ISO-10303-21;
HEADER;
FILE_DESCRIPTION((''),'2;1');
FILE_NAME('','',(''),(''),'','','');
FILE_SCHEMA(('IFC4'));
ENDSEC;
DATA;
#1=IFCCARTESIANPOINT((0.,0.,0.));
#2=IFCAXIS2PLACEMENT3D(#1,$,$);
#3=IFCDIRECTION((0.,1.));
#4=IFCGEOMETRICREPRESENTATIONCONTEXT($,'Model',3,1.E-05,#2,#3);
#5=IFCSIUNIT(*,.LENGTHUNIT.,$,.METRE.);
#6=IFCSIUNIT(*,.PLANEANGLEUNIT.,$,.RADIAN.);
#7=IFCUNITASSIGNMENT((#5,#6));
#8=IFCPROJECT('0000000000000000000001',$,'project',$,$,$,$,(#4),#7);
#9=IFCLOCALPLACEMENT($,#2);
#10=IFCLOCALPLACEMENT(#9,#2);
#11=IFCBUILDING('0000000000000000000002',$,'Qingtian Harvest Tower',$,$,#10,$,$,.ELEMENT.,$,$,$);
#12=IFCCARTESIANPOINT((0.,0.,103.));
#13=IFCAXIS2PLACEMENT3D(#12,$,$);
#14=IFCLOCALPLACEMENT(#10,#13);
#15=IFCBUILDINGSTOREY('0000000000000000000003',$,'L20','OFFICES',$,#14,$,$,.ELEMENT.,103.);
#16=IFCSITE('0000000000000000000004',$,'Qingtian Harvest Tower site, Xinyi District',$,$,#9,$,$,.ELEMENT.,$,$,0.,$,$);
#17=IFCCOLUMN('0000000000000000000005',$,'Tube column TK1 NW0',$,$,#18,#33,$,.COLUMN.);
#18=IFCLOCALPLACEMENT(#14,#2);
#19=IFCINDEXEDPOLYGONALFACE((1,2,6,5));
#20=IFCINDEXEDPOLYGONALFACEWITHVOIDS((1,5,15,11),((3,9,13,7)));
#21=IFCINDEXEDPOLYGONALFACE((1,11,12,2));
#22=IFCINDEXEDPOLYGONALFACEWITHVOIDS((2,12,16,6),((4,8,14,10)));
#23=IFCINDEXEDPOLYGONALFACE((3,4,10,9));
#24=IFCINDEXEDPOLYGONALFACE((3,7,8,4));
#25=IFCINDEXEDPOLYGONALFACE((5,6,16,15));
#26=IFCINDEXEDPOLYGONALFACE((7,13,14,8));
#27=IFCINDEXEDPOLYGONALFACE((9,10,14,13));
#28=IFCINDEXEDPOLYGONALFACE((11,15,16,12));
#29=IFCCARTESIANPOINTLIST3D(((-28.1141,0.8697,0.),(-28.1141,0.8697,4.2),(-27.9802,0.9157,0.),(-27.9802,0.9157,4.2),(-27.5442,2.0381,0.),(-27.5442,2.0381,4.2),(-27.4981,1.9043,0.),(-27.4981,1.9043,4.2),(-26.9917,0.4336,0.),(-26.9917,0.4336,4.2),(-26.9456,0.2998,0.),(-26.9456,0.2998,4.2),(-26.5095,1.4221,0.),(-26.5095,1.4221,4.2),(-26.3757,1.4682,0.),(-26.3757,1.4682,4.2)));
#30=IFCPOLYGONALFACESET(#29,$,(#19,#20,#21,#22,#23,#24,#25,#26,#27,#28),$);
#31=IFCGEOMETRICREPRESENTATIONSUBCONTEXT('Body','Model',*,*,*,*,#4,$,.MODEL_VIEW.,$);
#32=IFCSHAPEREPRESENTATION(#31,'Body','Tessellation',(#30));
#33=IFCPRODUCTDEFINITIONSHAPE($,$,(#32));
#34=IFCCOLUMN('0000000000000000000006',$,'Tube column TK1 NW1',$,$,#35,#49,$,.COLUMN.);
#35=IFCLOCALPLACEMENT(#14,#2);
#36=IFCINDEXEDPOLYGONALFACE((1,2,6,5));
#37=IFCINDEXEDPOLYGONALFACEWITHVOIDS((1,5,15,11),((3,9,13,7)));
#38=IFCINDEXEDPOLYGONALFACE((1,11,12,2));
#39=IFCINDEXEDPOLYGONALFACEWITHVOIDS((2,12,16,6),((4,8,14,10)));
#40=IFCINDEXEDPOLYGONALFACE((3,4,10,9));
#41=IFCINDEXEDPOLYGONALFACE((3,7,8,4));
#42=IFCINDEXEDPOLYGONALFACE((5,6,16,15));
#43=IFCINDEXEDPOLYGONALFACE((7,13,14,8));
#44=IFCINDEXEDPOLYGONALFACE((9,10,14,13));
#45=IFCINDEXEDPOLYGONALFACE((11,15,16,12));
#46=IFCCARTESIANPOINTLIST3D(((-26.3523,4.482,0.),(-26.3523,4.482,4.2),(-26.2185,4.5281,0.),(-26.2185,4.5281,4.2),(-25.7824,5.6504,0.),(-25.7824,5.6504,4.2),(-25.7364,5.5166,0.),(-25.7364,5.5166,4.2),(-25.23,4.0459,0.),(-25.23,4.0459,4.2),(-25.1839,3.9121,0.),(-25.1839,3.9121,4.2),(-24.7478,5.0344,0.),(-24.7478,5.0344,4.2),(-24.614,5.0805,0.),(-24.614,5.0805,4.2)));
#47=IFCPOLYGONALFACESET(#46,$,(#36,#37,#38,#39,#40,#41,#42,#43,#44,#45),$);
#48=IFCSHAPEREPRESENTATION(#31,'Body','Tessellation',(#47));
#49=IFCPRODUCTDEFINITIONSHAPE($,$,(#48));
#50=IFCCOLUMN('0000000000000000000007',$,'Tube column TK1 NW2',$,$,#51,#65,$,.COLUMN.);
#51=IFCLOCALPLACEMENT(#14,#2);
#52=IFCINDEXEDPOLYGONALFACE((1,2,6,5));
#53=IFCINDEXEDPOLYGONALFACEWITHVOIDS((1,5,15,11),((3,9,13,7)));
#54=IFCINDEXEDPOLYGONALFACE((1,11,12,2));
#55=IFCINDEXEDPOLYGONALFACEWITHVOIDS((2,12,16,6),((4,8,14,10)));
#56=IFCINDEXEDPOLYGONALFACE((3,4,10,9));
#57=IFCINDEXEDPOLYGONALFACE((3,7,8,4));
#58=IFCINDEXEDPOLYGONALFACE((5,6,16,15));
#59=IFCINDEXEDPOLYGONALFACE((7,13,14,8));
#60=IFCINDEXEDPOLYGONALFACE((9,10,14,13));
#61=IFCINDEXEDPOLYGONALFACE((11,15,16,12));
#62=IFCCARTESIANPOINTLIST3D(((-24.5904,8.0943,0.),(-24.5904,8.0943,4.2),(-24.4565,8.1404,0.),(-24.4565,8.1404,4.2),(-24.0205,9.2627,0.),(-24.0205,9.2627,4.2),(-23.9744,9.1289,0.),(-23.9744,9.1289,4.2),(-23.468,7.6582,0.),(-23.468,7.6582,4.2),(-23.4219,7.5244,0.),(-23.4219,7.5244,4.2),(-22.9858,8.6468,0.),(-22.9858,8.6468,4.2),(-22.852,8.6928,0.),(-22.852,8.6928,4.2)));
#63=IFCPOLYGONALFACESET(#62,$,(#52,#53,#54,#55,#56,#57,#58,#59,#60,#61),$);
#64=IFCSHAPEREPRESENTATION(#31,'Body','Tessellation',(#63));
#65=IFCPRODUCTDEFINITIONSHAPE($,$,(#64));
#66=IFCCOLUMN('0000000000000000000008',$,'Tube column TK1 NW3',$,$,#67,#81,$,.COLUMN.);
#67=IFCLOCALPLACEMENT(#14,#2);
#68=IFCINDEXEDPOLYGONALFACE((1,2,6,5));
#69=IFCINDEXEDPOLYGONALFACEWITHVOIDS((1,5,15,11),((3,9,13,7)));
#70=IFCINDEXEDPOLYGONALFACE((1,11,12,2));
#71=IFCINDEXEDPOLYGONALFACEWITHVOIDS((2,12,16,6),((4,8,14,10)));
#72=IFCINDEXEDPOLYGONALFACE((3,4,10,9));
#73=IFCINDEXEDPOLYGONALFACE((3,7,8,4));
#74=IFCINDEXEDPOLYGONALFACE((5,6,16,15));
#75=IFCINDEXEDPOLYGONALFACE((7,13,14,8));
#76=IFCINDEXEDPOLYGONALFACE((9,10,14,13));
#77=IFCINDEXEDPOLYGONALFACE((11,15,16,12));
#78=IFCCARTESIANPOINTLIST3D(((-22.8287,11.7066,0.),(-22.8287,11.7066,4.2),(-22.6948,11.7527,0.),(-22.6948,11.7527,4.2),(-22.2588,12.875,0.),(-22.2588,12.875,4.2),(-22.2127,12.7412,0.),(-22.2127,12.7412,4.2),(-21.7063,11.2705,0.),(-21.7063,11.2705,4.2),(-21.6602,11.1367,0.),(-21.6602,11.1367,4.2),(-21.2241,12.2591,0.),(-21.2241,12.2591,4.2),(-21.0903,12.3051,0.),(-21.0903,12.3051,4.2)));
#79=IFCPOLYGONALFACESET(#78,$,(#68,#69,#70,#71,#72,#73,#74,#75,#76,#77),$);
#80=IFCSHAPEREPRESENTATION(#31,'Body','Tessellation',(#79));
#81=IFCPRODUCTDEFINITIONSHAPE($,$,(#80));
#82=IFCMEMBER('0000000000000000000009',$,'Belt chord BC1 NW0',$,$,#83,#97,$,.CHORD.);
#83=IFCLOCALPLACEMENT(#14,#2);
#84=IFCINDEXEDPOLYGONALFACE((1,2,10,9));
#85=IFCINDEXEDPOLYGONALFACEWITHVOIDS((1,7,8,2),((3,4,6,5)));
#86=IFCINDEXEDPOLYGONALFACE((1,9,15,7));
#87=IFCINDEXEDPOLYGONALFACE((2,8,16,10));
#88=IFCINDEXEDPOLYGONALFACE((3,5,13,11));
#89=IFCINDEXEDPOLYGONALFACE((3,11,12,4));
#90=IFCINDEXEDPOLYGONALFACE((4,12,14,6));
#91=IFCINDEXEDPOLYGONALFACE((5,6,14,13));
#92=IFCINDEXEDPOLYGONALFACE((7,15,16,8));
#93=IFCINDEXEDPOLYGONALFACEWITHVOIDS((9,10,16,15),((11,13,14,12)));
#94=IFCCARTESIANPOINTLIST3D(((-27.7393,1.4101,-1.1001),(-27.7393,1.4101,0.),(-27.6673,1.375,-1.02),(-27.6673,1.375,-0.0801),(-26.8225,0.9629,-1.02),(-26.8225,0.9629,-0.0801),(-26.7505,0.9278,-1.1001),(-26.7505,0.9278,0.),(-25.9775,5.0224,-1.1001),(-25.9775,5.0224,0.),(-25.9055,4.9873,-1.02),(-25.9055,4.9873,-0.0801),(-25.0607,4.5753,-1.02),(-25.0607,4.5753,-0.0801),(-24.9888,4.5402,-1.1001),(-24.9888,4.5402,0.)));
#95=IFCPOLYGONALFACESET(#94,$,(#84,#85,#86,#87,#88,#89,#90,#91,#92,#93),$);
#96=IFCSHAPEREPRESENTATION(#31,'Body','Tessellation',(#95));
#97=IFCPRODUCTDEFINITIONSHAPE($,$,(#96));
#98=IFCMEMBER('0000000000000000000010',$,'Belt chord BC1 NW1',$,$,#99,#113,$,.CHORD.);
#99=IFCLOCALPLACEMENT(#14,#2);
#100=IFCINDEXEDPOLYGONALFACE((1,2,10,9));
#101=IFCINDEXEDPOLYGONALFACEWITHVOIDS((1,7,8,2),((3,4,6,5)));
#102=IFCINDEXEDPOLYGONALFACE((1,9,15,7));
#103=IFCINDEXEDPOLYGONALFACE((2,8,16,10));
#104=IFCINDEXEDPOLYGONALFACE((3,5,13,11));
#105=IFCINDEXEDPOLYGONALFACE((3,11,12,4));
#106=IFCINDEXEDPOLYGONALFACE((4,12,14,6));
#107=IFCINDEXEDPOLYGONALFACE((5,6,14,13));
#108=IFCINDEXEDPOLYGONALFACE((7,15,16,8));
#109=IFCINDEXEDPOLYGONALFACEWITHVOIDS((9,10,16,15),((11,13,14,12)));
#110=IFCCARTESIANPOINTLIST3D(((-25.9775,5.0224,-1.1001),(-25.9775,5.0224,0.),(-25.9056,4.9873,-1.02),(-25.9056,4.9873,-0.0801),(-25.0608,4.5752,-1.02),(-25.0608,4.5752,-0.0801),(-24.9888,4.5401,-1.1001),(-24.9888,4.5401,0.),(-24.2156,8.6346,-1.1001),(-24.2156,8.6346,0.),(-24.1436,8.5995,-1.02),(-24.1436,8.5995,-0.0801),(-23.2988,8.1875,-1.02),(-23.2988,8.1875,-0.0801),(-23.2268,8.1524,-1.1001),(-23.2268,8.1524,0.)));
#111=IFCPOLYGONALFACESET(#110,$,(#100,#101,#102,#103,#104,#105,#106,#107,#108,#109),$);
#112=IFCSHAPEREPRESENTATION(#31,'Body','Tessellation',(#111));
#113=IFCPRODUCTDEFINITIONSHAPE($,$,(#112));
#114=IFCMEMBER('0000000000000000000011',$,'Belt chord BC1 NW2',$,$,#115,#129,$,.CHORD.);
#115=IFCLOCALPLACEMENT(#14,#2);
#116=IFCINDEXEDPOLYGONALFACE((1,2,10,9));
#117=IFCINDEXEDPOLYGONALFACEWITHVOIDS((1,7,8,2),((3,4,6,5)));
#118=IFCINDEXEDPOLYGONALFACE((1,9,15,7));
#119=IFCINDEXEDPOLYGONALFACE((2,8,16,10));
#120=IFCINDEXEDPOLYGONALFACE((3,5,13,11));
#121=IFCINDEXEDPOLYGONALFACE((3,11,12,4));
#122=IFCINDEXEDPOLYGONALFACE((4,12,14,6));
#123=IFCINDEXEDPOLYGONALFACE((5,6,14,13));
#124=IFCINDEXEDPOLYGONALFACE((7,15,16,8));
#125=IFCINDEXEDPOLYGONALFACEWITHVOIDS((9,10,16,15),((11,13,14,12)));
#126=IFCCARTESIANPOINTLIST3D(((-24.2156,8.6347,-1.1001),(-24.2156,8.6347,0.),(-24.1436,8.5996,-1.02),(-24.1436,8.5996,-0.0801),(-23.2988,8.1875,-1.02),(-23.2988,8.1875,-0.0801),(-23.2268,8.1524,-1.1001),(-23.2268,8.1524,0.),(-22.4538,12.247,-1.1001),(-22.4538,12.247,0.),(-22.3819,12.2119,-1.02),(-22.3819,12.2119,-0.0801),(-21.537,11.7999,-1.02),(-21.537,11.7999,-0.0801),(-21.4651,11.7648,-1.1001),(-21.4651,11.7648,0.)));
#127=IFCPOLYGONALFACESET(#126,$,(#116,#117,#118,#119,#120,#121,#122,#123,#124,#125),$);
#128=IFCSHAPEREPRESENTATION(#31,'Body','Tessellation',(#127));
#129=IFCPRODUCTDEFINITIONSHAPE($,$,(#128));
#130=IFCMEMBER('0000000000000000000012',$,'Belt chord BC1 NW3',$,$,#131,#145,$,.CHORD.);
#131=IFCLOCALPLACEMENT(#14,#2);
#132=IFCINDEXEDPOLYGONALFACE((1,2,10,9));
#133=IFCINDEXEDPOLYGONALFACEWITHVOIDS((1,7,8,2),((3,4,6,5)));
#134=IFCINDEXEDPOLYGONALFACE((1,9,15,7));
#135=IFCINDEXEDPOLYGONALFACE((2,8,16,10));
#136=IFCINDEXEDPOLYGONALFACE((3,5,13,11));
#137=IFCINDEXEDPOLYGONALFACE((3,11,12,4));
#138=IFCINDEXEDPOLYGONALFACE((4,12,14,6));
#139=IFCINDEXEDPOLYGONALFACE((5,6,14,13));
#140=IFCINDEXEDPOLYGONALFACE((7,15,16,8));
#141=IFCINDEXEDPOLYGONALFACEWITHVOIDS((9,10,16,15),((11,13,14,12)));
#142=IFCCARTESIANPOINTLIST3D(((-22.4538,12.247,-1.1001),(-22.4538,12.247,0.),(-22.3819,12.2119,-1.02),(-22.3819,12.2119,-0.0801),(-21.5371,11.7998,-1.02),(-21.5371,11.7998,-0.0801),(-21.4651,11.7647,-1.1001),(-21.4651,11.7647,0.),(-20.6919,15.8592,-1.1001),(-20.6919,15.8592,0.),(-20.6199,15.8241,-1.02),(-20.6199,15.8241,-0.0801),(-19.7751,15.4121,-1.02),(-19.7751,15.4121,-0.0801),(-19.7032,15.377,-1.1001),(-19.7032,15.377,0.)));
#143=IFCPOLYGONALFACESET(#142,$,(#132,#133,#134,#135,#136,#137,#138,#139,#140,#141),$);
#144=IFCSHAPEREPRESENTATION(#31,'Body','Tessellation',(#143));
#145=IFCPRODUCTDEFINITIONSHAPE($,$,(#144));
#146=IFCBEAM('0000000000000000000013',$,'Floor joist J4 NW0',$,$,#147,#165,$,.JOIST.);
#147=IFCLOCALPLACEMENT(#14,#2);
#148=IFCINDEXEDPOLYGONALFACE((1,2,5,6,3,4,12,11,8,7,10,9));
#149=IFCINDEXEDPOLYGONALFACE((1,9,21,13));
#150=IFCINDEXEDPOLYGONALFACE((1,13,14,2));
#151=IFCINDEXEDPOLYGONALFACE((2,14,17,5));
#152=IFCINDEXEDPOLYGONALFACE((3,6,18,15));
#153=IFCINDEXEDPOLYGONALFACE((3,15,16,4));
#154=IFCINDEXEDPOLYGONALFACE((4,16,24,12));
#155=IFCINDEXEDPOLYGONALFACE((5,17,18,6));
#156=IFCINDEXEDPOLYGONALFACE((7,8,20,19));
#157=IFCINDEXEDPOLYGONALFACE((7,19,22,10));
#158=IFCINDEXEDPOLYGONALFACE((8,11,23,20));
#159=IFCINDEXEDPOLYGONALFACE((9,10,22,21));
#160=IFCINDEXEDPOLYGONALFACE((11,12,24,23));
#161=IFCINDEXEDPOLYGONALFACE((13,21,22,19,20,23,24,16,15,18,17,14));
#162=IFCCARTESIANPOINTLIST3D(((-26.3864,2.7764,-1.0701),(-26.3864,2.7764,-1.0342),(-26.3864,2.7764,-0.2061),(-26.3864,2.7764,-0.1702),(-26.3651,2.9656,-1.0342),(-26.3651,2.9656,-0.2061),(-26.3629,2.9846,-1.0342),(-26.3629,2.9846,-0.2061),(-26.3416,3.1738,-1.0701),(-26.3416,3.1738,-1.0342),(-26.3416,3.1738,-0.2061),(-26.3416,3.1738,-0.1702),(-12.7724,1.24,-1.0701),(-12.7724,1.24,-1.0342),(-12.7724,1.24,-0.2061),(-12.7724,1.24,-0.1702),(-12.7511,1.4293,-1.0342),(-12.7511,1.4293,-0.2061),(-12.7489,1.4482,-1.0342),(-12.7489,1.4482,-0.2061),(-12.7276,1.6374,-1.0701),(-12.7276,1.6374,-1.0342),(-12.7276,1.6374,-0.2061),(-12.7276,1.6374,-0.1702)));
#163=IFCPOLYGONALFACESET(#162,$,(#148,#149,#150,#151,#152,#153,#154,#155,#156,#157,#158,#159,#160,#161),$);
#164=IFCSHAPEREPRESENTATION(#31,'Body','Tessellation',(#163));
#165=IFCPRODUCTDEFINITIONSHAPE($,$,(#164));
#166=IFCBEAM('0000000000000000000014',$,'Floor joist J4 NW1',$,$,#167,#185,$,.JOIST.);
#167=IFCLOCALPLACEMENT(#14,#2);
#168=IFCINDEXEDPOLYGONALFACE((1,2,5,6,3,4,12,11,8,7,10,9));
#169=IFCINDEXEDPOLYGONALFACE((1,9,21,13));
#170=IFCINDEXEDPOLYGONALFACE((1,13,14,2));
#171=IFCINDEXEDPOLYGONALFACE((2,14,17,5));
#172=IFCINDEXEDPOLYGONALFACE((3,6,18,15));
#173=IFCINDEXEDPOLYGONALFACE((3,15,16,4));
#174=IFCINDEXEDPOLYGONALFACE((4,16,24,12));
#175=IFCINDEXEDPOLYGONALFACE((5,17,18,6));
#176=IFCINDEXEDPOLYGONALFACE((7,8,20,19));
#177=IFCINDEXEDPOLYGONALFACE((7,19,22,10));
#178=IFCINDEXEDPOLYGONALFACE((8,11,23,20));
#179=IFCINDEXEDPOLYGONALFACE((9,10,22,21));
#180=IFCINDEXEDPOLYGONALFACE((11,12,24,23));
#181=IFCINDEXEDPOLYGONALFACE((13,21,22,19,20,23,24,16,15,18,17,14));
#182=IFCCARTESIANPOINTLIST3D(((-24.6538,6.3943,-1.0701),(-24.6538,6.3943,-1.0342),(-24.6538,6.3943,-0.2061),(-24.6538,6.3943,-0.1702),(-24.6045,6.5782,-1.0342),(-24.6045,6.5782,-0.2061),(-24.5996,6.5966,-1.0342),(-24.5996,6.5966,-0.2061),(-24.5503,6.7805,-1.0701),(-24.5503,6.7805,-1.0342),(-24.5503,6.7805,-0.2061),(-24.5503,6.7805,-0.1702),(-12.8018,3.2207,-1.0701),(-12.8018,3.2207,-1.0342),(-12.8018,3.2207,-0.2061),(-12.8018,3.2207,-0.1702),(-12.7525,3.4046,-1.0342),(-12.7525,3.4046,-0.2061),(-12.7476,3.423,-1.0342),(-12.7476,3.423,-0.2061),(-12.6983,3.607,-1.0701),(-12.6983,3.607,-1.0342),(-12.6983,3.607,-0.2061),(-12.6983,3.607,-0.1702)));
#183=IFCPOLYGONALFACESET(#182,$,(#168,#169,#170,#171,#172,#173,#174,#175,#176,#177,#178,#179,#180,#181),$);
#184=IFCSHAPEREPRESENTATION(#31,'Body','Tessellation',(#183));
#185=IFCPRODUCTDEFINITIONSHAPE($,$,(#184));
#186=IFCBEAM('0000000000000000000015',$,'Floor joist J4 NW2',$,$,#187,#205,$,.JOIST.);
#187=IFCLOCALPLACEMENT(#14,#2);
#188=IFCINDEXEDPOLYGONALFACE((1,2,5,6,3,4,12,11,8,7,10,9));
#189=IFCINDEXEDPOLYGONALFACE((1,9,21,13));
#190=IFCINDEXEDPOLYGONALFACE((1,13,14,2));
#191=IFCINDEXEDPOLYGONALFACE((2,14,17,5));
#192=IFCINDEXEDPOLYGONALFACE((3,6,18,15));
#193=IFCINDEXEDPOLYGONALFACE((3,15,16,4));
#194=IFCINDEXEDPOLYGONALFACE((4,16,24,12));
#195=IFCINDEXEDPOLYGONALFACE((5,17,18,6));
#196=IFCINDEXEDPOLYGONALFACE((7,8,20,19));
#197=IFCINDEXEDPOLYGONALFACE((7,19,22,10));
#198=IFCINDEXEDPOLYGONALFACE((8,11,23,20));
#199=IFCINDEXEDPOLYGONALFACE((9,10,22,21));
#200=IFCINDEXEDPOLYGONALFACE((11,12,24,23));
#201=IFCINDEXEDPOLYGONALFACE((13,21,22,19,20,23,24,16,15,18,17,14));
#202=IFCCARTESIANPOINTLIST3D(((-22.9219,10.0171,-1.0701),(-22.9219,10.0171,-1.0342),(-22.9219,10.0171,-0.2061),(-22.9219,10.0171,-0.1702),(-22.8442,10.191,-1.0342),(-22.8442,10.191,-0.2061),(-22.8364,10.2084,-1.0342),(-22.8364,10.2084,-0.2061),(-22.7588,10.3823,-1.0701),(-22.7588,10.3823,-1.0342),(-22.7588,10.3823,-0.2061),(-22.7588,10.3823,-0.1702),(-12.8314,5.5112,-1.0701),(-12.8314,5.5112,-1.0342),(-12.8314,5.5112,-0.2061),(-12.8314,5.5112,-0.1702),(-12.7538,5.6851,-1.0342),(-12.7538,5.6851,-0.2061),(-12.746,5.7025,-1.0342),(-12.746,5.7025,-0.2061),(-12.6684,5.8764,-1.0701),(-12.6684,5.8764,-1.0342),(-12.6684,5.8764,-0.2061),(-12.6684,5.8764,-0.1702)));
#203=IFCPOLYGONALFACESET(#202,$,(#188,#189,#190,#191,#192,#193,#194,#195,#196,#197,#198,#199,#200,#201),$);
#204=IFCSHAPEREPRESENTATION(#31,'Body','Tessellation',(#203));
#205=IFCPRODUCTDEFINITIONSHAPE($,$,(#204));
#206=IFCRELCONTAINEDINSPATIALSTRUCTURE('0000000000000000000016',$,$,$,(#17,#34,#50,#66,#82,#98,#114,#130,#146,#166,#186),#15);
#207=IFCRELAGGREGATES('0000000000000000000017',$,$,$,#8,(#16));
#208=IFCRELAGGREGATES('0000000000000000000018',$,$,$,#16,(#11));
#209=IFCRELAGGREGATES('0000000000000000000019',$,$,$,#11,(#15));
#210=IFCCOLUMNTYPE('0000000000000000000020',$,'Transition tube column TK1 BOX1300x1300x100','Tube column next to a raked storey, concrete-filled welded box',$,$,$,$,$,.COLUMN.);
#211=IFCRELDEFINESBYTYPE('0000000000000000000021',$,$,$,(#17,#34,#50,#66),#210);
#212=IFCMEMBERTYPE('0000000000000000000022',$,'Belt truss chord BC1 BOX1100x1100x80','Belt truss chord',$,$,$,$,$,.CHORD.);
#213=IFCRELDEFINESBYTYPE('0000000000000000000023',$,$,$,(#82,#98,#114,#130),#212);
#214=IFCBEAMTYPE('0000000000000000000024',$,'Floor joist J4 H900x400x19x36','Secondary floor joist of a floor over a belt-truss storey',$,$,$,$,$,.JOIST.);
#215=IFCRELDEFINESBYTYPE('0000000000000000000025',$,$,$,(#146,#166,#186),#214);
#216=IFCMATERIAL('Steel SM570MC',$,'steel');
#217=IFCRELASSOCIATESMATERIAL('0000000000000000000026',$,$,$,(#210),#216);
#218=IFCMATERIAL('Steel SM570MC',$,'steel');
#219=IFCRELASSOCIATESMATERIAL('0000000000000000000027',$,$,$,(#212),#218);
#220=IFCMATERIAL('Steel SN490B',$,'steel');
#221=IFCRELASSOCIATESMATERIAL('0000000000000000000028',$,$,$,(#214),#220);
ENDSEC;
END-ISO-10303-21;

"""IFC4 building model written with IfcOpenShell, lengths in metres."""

from ifc_helpers import new_model, si_unit, direction, frame, origin, origin_2d, place, context, subcontext, project, spatial, hollow_rectangle, i_section, extrude, material, material_profile, profile_set, type_object, element, save


model = new_model("IFC4")

# Units and contexts
model_context = context("Model", 3, precision=1e-05, world=origin(), true_north=direction((0.0, 1.0)))
body_context = subcontext(model_context, "Body", "Model", "MODEL_VIEW")
ifc_project = project(units=[si_unit("LENGTHUNIT", "METRE"), si_unit("PLANEANGLEUNIT", "RADIAN")], contexts=[model_context])

# Site, building, storey
site_placement = place(None, origin())
site = spatial("IfcSite", under=ifc_project, at=site_placement, Name="Qingtian Harvest Tower site, Xinyi District", CompositionType="ELEMENT", RefElevation=0.0)
building_placement = place(site_placement, origin())
building = spatial("IfcBuilding", under=site, at=building_placement, Name="Qingtian Harvest Tower", CompositionType="ELEMENT")
storey_placement = place(building_placement, frame((0.0, 0.0, 103.0)))
storey = spatial("IfcBuildingStorey", under=building, at=storey_placement, Name="L20", Description="OFFICES", CompositionType="ELEMENT", Elevation=103.0)

# Columns
ifc_material_1 = material(Name="Steel SM570MC", Category="steel")
ifc_material_profile_1 = material_profile(ifc_material_1, hollow_rectangle(XDim=1.3, YDim=1.3, WallThickness=0.1001, at=origin_2d()), Name="BOX1300x1300x100")
ifc_profile_set_1 = profile_set([ifc_material_profile_1], Name="Steel SM570MC")
column_type = type_object("IfcColumnType", Name="Transition tube column TK1 BOX1300x1300x100", Description="Tube column next to a raked storey, concrete-filled welded box", PredefinedType="COLUMN", material=ifc_profile_set_1)
for number, where, z_axis, x_axis, name in (
    (1, (-27.2449, 1.1689, 0.0), (0.0, 0.0, 1.0), (-0.438371, -0.898794, 0.0), "Tube column TK1 NW0"),
    (2, (-25.4832, 4.7812, 0.0), (0.0, 0.0, 1.0), (-0.438371, -0.898794, 0.0), "Tube column TK1 NW1"),
    (3, (-23.7212, 8.3936, 0.0), (0.0, 0.0, 1.0), (-0.438371, -0.898794, 0.0), "Tube column TK1 NW2"),
    (4, (-21.9595, 12.0059, 0.0), (0.0, 0.0, 1.0), (-0.438371, -0.898794, 0.0), "Tube column TK1 NW3"),
):
    element("IfcColumn", number, at=place(storey_placement, frame(where, z_axis=z_axis, x_axis=x_axis)), inside=storey, type_object=column_type, Name=name, PredefinedType="COLUMN", context=body_context, shape_type="SweptSolid", body=[
        extrude(hollow_rectangle(XDim=1.3, YDim=1.3, WallThickness=0.1001, at=origin_2d()), origin(), (0.0, 0.0, 1.0), 4.2),
    ])

# Members
ifc_material_2 = material(Name="Steel SM570MC", Category="steel")
ifc_material_profile_2 = material_profile(ifc_material_2, hollow_rectangle(XDim=1.1001, YDim=1.1001, WallThickness=0.0801, at=origin_2d()), Name="BOX1100x1100x80")
ifc_profile_set_2 = profile_set([ifc_material_profile_2], Name="Steel SM570MC")
member_type_1 = type_object("IfcMemberType", Name="Belt truss chord BC1 BOX1100x1100x80", Description="Belt truss chord", PredefinedType="CHORD", material=ifc_profile_set_2)
for number, where, z_axis, x_axis, name in (
    (5, (-27.2449, 1.1689, -0.55), (0.438347, 0.898806, 0.0), (-0.898806, 0.438347, 0.0), "Belt chord BC1 NW0"),
    (6, (-25.4832, 4.7812, -0.55), (0.438396, 0.898782, 0.0), (-0.898782, 0.438396, 0.0), "Belt chord BC1 NW1"),
    (7, (-23.7212, 8.3936, -0.55), (0.438347, 0.898806, 0.0), (-0.898806, 0.438347, 0.0), "Belt chord BC1 NW2"),
    (8, (-21.9595, 12.0059, -0.55), (0.438396, 0.898782, 0.0), (-0.898782, 0.438396, 0.0), "Belt chord BC1 NW3"),
):
    element("IfcMember", number, at=place(storey_placement, frame(where, z_axis=z_axis, x_axis=x_axis)), inside=storey, type_object=member_type_1, Name=name, PredefinedType="CHORD", context=body_context, shape_type="SweptSolid", body=[
        extrude(hollow_rectangle(XDim=1.1001, YDim=1.1001, WallThickness=0.0801, at=origin_2d()), origin(), (0.0, 0.0, 1.0), 4.019),
    ])

# Beams
ifc_material_3 = material(Name="Steel SN490B", Category="steel")
ifc_material_profile_3 = material_profile(ifc_material_3, i_section(OverallWidth=0.3999, OverallDepth=0.8999, WebThickness=0.019, FlangeThickness=0.0359, at=origin_2d()), Name="H900x400x19x36")
ifc_profile_set_3 = profile_set([ifc_material_profile_3], Name="Steel SN490B")
beam_type_1 = type_object("IfcBeamType", Name="Floor joist J4 H900x400x19x36", Description="Secondary floor joist of a floor over a belt-truss storey", PredefinedType="JOIST", material=ifc_profile_set_3)
beam_1_placement = place(storey_placement, frame((-26.364, 2.9751, -0.6201), z_axis=(0.993692, -0.112141, 0.0), x_axis=(0.112141, 0.993692, 0.0)))
element("IfcBeam", 9, at=beam_1_placement, inside=storey, type_object=beam_type_1, Name="Floor joist J4 NW0", PredefinedType="JOIST", context=body_context, shape_type="SweptSolid", body=[
    extrude(i_section(OverallWidth=0.3999, OverallDepth=0.8999, WebThickness=0.019, FlangeThickness=0.0359, at=origin_2d()), origin(), (0.0, 0.0, 1.0), 13.7004),
])
beam_2_placement = place(storey_placement, frame((-24.6021, 6.5874, -0.6201), z_axis=(0.96597, -0.258655, 0.0), x_axis=(0.258655, 0.96597, 0.0)))
element("IfcBeam", 10, at=beam_2_placement, inside=storey, type_object=beam_type_1, Name="Floor joist J4 NW1", PredefinedType="JOIST", context=body_context, shape_type="SweptSolid", body=[
    extrude(i_section(OverallWidth=0.3999, OverallDepth=0.8999, WebThickness=0.019, FlangeThickness=0.0359, at=origin_2d()), origin(), (0.0, 0.0, 1.0), 12.2695),
])
beam_3_placement = place(storey_placement, frame((-22.8403, 10.1997, -0.6201), z_axis=(0.913096, -0.407745, 0.0), x_axis=(0.407745, 0.913096, 0.0)))
element("IfcBeam", 11, at=beam_3_placement, inside=storey, type_object=beam_type_1, Name="Floor joist J4 NW2", PredefinedType="JOIST", context=body_context, shape_type="SweptSolid", body=[
    extrude(i_section(OverallWidth=0.3999, OverallDepth=0.8999, WebThickness=0.019, FlangeThickness=0.0359, at=origin_2d()), origin(), (0.0, 0.0, 1.0), 11.0508),
])

save(model, "model.ifc")
